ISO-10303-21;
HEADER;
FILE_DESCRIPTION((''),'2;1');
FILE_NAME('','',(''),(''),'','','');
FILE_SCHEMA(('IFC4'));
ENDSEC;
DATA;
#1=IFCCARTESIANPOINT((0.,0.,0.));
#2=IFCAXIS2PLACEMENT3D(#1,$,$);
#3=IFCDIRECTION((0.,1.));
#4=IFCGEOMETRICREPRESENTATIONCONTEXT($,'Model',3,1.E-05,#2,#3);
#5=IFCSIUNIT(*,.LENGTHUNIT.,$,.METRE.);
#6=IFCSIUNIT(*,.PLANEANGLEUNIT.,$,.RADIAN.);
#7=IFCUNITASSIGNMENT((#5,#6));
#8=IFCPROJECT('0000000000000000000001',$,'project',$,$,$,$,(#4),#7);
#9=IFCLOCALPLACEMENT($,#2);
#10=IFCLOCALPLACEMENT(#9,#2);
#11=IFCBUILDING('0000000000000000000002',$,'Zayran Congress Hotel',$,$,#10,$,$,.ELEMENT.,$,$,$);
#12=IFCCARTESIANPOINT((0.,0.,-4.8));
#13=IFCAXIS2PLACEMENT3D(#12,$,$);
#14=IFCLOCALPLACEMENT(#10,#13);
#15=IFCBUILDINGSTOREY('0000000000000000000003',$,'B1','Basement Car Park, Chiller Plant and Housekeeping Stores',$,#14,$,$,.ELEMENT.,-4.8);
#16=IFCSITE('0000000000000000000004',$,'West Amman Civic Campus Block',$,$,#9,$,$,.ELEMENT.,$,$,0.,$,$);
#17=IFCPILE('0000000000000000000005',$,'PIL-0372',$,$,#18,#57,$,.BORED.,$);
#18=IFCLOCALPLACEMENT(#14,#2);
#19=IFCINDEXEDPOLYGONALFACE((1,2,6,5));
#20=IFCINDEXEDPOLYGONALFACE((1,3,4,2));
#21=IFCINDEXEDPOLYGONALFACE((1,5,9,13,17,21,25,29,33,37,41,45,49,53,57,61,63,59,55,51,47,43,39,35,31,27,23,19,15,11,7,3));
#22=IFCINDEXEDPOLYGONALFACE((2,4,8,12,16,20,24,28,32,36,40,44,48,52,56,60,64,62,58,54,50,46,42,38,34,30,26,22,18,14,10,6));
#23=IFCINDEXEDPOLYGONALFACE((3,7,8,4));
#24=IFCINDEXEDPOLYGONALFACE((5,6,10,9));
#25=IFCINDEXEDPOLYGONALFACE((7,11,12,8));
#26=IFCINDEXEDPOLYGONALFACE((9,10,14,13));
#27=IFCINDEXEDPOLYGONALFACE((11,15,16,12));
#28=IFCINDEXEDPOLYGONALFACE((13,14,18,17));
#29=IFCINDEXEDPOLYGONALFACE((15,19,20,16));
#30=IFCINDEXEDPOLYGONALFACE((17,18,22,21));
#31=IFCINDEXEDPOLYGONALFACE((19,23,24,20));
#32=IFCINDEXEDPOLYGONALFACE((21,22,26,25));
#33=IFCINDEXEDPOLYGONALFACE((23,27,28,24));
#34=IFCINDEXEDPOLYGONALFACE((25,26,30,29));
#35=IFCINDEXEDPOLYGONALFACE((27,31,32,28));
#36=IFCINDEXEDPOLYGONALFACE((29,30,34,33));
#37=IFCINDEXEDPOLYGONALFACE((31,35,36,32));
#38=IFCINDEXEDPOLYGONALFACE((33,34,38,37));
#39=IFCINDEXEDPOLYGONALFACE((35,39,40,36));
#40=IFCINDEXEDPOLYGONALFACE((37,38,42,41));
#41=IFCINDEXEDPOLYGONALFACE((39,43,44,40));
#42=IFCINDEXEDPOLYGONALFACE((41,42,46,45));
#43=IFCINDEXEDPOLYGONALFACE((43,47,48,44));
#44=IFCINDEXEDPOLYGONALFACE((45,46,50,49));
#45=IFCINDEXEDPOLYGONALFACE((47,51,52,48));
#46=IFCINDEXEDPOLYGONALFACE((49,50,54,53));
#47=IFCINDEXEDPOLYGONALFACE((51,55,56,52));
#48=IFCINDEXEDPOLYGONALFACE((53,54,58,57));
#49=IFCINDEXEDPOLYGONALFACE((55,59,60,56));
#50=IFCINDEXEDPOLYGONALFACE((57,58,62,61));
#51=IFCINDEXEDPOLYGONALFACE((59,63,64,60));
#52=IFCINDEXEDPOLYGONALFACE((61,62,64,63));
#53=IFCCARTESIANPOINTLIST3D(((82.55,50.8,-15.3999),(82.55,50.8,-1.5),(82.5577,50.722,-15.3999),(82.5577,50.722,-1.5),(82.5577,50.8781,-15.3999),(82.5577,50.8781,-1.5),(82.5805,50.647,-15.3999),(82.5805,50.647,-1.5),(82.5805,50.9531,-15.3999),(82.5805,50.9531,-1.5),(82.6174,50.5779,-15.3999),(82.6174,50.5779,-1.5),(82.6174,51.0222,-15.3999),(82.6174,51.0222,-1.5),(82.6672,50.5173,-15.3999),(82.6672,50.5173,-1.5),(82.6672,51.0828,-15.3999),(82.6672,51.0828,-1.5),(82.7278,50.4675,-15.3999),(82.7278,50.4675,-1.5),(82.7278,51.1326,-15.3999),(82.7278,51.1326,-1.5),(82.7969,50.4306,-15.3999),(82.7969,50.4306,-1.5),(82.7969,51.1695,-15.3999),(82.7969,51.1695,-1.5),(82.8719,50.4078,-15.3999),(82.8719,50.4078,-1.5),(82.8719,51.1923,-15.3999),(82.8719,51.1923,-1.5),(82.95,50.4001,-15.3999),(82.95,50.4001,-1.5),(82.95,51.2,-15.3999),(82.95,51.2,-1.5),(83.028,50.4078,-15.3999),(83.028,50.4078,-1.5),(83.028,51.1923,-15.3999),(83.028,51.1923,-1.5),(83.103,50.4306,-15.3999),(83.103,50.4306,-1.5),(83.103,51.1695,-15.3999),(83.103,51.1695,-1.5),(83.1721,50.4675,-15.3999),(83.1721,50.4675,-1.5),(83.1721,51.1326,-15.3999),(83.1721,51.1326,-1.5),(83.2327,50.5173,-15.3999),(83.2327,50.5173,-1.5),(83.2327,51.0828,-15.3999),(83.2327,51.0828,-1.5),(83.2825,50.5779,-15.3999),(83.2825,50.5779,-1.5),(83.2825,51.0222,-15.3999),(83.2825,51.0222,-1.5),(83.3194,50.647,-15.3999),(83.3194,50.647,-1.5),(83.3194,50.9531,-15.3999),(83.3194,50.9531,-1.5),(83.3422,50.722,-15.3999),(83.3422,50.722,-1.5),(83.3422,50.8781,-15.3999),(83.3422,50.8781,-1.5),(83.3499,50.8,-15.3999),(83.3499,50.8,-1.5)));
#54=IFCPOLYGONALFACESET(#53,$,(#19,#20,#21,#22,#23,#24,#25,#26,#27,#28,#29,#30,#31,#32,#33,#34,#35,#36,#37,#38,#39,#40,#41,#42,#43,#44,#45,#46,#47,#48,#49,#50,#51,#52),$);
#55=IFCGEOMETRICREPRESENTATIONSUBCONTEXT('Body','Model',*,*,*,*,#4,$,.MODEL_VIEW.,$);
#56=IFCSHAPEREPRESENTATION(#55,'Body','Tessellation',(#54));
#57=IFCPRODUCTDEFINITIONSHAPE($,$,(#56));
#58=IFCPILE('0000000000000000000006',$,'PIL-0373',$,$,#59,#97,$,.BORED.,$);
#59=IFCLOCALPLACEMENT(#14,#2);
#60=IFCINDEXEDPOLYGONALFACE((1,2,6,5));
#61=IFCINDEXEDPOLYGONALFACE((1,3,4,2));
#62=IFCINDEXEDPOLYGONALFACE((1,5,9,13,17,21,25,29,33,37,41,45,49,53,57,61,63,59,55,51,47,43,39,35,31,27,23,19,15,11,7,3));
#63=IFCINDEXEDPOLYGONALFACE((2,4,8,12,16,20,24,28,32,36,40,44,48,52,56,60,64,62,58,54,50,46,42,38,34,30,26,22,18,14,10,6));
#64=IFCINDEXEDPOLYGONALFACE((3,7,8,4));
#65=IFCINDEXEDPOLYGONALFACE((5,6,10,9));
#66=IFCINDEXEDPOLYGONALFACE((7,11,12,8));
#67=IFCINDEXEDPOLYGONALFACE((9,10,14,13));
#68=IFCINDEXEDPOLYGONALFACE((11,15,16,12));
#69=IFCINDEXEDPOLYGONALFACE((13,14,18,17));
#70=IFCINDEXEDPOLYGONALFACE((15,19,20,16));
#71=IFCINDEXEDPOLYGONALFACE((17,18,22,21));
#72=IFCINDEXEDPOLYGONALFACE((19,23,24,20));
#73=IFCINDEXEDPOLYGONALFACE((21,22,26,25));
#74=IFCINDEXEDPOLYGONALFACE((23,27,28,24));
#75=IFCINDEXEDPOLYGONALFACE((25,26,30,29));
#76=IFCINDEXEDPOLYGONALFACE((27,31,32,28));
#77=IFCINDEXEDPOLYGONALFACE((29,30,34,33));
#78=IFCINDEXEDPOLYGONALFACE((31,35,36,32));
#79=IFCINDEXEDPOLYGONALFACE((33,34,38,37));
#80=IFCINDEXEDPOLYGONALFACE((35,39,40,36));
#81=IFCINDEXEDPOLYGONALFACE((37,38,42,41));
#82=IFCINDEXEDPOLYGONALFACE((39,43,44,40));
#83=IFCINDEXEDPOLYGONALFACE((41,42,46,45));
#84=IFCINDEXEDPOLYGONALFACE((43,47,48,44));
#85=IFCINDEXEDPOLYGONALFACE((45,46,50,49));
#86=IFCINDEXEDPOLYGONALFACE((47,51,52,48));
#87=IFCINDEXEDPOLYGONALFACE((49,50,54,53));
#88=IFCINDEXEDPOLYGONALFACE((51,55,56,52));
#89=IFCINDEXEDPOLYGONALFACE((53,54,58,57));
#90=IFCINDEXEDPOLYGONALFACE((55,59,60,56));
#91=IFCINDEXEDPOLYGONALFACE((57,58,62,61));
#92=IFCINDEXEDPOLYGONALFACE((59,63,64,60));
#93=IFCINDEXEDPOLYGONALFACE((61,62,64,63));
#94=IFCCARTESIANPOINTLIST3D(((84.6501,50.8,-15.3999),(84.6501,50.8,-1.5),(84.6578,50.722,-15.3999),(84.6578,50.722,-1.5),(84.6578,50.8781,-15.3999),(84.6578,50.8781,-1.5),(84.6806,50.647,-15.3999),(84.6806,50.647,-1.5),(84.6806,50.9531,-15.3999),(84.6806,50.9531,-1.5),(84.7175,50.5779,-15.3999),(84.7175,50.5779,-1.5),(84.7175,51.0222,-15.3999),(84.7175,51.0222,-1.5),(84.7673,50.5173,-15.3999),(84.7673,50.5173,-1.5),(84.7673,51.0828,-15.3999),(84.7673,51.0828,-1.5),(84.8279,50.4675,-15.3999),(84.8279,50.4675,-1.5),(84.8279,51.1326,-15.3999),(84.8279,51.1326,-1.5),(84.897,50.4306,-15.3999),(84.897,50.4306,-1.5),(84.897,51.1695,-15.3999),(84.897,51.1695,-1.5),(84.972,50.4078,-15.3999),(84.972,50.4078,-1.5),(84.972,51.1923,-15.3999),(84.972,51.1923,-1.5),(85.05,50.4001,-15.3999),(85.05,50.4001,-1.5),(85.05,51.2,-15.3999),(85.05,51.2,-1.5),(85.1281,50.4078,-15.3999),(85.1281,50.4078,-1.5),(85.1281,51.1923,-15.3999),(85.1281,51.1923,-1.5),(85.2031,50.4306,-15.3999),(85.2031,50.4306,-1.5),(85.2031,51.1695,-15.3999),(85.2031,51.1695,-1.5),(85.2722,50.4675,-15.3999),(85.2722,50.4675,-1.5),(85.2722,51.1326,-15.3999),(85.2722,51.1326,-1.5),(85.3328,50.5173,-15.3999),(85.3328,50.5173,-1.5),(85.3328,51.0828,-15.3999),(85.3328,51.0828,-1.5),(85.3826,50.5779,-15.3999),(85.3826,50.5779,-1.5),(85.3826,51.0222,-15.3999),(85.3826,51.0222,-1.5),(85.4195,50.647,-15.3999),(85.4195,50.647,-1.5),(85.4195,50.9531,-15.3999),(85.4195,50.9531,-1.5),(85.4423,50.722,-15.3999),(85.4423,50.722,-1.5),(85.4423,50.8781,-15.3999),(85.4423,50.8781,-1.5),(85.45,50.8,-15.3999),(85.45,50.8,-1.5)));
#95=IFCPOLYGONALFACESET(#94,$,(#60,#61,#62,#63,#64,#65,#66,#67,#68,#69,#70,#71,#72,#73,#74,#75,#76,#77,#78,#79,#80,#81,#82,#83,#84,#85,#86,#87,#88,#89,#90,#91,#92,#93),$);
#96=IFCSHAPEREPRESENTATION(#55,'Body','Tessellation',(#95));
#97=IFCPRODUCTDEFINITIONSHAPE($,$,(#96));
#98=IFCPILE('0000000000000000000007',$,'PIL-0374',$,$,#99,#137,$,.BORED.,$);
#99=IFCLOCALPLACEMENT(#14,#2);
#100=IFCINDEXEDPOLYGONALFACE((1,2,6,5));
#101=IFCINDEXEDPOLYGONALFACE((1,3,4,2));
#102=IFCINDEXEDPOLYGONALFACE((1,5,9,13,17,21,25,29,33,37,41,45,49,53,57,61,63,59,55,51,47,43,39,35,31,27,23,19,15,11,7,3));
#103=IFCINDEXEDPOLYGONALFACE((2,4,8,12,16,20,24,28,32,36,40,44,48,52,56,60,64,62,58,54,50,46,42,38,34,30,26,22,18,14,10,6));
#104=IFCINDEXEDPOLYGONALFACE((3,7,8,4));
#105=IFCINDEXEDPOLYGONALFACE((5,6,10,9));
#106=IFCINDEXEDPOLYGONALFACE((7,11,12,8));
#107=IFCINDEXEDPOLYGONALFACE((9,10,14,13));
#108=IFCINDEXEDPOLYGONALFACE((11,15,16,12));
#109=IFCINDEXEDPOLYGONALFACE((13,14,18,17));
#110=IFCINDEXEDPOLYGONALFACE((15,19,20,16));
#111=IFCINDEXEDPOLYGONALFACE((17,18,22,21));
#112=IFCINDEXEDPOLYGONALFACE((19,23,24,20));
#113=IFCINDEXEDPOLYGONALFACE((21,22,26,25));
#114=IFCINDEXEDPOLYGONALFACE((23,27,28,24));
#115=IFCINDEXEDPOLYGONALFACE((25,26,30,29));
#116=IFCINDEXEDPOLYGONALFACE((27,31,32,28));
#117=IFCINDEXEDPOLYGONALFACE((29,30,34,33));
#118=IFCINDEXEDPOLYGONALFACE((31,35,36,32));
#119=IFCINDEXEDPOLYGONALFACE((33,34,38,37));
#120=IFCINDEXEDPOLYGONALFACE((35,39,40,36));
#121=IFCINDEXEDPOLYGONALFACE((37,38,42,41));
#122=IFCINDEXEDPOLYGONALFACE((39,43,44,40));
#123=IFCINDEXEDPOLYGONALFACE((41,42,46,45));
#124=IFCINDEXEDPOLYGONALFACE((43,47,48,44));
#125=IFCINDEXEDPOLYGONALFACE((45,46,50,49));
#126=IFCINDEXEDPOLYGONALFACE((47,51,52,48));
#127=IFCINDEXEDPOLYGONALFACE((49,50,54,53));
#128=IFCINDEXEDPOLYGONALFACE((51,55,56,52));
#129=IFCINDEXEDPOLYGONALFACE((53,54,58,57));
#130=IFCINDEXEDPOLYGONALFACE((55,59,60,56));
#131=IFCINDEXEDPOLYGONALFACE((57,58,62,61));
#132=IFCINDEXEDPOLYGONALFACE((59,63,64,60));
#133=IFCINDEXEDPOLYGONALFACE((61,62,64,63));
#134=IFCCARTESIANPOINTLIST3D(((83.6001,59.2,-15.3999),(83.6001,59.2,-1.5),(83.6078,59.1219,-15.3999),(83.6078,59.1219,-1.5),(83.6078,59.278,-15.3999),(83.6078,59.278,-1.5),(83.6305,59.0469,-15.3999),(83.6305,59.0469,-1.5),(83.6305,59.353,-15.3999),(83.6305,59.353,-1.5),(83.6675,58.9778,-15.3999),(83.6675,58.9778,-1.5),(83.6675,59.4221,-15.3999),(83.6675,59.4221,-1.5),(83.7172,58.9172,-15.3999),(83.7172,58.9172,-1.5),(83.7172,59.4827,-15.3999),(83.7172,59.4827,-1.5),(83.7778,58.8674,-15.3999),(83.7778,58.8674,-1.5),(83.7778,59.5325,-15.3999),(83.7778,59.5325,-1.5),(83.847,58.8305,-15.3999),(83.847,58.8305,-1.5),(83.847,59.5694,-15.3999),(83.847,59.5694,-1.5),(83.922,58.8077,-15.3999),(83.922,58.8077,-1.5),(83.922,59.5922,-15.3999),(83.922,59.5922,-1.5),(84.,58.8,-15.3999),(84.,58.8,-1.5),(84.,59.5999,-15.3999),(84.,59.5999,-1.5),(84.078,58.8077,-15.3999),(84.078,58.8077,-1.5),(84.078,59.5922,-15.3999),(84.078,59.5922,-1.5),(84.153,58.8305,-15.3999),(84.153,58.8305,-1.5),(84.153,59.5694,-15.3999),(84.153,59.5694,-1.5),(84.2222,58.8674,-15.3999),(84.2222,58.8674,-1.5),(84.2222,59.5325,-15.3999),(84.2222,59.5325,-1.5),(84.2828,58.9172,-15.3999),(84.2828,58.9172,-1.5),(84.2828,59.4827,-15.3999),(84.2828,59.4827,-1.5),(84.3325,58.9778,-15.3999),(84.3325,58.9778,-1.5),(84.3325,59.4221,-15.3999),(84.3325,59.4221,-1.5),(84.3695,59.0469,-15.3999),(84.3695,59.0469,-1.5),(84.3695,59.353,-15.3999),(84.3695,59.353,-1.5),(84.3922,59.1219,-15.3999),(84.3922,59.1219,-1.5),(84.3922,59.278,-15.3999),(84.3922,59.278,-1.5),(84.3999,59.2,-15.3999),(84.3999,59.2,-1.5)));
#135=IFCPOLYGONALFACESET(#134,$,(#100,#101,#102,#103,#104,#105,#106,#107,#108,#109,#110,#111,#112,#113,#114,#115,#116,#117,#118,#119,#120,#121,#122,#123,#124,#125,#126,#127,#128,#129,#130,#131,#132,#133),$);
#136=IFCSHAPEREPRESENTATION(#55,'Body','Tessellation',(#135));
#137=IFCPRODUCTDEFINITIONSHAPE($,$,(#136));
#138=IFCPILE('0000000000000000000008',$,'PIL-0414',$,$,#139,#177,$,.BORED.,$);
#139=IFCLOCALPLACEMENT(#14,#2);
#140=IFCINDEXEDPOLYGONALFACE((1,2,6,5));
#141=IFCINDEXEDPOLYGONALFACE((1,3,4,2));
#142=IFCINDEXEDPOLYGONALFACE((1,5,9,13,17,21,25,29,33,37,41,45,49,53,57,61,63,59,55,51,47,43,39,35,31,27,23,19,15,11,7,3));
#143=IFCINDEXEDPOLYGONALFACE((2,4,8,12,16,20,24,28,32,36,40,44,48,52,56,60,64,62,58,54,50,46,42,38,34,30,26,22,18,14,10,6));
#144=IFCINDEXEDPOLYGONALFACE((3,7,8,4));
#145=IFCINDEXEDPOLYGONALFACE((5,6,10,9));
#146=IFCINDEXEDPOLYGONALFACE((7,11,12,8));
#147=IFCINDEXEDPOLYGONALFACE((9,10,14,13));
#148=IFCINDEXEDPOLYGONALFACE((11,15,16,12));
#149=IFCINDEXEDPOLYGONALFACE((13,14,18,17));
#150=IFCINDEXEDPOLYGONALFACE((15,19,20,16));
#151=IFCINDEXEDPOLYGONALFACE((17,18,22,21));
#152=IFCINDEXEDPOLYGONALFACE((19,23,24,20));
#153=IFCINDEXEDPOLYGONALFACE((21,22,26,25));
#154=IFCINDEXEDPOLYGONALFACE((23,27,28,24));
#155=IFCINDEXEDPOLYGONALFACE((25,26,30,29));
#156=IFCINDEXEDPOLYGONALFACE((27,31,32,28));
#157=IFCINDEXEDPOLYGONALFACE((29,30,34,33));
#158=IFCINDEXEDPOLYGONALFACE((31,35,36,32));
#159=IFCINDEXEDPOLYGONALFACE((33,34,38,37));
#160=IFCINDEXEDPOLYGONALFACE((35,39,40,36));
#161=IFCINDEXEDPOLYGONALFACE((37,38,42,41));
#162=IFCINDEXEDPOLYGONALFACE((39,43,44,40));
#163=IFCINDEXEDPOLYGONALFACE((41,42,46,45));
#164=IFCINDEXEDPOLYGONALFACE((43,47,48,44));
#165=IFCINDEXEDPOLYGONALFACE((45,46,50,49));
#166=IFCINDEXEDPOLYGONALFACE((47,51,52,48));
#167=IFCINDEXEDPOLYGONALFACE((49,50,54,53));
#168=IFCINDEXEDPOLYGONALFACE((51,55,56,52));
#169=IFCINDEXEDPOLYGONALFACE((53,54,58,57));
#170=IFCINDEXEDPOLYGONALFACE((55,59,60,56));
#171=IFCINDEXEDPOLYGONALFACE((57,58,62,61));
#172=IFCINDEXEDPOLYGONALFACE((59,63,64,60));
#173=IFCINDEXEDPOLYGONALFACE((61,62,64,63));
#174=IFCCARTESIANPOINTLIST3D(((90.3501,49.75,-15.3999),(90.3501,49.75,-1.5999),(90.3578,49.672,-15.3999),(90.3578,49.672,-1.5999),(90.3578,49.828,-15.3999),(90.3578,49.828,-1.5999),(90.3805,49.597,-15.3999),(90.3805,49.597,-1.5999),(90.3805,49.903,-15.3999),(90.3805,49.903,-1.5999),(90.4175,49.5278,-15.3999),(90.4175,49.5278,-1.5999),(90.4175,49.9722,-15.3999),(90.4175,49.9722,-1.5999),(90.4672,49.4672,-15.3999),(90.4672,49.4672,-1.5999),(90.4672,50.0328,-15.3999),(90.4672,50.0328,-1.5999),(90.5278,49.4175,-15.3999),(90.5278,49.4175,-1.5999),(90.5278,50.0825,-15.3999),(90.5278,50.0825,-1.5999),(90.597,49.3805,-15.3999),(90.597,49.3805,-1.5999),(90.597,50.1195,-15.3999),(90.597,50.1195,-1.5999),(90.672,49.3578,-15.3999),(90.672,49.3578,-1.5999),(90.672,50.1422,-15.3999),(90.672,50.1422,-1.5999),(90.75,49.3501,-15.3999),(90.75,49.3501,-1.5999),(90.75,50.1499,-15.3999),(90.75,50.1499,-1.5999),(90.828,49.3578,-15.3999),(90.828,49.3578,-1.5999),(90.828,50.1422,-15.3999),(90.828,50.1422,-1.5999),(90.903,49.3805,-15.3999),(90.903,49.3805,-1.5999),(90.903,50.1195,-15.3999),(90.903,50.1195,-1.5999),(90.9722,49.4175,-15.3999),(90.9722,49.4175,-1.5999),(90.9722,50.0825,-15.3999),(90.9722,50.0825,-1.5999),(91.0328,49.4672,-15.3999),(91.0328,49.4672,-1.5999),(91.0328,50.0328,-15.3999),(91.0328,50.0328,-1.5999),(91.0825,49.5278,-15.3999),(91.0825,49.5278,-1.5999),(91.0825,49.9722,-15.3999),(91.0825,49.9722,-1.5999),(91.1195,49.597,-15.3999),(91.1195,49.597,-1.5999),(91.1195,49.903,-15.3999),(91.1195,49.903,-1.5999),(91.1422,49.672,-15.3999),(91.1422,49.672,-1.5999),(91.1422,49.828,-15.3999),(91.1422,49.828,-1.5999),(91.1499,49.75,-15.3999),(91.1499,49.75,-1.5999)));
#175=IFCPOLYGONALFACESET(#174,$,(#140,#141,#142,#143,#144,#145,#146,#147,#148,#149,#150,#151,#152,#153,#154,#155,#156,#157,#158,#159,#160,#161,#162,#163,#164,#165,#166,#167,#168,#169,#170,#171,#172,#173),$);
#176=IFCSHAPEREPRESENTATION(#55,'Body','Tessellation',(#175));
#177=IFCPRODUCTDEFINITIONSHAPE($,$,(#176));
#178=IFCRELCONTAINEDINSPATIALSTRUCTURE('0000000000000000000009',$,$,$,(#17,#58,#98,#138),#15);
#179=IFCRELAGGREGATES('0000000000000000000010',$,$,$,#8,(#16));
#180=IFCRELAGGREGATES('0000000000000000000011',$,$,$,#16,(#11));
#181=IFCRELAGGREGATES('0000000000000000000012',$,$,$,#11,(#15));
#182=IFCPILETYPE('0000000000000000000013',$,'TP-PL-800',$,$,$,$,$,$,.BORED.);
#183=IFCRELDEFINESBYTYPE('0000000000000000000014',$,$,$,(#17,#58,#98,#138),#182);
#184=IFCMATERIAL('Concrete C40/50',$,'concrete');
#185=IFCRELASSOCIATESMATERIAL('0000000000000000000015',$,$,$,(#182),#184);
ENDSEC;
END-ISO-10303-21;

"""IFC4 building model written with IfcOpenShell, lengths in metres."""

from ifc_helpers import new_model, si_unit, direction, frame, origin, origin_2d, place, context, subcontext, project, spatial, circle, extrude, material, material_profile, profile_set, type_object, element, save


model = new_model("IFC4")

# Units and contexts
model_context = context("Model", 3, precision=1e-05, world=origin(), true_north=direction((0.0, 1.0)))
body_context = subcontext(model_context, "Body", "Model", "MODEL_VIEW")
ifc_project = project(units=[si_unit("LENGTHUNIT", "METRE"), si_unit("PLANEANGLEUNIT", "RADIAN")], contexts=[model_context])

# Site, building, storey
site_placement = place(None, origin())
site = spatial("IfcSite", under=ifc_project, at=site_placement, Name="West Amman Civic Campus Block", CompositionType="ELEMENT", RefElevation=0.0)
building_placement = place(site_placement, origin())
building = spatial("IfcBuilding", under=site, at=building_placement, Name="Zayran Congress Hotel", CompositionType="ELEMENT")
storey_placement = place(building_placement, frame((0.0, 0.0, -4.8)))
storey = spatial("IfcBuildingStorey", under=building, at=storey_placement, Name="B1", Description="Basement Car Park, Chiller Plant and Housekeeping Stores", CompositionType="ELEMENT", Elevation=-4.8)

# Piles
ifc_material_1 = material(Name="Concrete C40/50", Category="concrete")
ifc_material_profile_1 = material_profile(ifc_material_1, circle(Radius=0.3999, at=origin_2d()), Name="PILE D800")
ifc_profile_set_1 = profile_set([ifc_material_profile_1], Name="Concrete C40/50")
pile_type_1 = type_object("IfcPileType", Name="TP-PL-800", PredefinedType="BORED", material=ifc_profile_set_1)
for number, where, z_axis, x_axis, name in (
    (1, (82.95, 50.8, -1.5), (0.0, 0.0, -1.0), (1.0, 0.0, 0.0), "PIL-0372"),
    (2, (85.05, 50.8, -1.5), (0.0, 0.0, -1.0), (1.0, 0.0, 0.0), "PIL-0373"),
    (3, (84.0, 59.2, -1.5), (0.0, 0.0, -1.0), (1.0, 0.0, 0.0), "PIL-0374"),
):
    element("IfcPile", number, at=place(storey_placement, frame(where, z_axis=z_axis, x_axis=x_axis)), inside=storey, type_object=pile_type_1, Name=name, PredefinedType="BORED", context=body_context, shape_type="SweptSolid", body=[
        extrude(circle(Radius=0.3999, at=origin_2d()), origin(), (0.0, 0.0, 1.0), 13.8999),
    ])
for number, where, z_axis, x_axis, name in (
    (4, (90.75, 49.75, -1.5999), (0.0, 0.0, -1.0), (1.0, 0.0, 0.0), "PIL-0414"),
):
    element("IfcPile", number, at=place(storey_placement, frame(where, z_axis=z_axis, x_axis=x_axis)), inside=storey, type_object=pile_type_1, Name=name, PredefinedType="BORED", context=body_context, shape_type="SweptSolid", body=[
        extrude(circle(Radius=0.3999, at=origin_2d()), origin(), (0.0, 0.0, 1.0), 13.8),
    ])

save(model, "model.ifc")
